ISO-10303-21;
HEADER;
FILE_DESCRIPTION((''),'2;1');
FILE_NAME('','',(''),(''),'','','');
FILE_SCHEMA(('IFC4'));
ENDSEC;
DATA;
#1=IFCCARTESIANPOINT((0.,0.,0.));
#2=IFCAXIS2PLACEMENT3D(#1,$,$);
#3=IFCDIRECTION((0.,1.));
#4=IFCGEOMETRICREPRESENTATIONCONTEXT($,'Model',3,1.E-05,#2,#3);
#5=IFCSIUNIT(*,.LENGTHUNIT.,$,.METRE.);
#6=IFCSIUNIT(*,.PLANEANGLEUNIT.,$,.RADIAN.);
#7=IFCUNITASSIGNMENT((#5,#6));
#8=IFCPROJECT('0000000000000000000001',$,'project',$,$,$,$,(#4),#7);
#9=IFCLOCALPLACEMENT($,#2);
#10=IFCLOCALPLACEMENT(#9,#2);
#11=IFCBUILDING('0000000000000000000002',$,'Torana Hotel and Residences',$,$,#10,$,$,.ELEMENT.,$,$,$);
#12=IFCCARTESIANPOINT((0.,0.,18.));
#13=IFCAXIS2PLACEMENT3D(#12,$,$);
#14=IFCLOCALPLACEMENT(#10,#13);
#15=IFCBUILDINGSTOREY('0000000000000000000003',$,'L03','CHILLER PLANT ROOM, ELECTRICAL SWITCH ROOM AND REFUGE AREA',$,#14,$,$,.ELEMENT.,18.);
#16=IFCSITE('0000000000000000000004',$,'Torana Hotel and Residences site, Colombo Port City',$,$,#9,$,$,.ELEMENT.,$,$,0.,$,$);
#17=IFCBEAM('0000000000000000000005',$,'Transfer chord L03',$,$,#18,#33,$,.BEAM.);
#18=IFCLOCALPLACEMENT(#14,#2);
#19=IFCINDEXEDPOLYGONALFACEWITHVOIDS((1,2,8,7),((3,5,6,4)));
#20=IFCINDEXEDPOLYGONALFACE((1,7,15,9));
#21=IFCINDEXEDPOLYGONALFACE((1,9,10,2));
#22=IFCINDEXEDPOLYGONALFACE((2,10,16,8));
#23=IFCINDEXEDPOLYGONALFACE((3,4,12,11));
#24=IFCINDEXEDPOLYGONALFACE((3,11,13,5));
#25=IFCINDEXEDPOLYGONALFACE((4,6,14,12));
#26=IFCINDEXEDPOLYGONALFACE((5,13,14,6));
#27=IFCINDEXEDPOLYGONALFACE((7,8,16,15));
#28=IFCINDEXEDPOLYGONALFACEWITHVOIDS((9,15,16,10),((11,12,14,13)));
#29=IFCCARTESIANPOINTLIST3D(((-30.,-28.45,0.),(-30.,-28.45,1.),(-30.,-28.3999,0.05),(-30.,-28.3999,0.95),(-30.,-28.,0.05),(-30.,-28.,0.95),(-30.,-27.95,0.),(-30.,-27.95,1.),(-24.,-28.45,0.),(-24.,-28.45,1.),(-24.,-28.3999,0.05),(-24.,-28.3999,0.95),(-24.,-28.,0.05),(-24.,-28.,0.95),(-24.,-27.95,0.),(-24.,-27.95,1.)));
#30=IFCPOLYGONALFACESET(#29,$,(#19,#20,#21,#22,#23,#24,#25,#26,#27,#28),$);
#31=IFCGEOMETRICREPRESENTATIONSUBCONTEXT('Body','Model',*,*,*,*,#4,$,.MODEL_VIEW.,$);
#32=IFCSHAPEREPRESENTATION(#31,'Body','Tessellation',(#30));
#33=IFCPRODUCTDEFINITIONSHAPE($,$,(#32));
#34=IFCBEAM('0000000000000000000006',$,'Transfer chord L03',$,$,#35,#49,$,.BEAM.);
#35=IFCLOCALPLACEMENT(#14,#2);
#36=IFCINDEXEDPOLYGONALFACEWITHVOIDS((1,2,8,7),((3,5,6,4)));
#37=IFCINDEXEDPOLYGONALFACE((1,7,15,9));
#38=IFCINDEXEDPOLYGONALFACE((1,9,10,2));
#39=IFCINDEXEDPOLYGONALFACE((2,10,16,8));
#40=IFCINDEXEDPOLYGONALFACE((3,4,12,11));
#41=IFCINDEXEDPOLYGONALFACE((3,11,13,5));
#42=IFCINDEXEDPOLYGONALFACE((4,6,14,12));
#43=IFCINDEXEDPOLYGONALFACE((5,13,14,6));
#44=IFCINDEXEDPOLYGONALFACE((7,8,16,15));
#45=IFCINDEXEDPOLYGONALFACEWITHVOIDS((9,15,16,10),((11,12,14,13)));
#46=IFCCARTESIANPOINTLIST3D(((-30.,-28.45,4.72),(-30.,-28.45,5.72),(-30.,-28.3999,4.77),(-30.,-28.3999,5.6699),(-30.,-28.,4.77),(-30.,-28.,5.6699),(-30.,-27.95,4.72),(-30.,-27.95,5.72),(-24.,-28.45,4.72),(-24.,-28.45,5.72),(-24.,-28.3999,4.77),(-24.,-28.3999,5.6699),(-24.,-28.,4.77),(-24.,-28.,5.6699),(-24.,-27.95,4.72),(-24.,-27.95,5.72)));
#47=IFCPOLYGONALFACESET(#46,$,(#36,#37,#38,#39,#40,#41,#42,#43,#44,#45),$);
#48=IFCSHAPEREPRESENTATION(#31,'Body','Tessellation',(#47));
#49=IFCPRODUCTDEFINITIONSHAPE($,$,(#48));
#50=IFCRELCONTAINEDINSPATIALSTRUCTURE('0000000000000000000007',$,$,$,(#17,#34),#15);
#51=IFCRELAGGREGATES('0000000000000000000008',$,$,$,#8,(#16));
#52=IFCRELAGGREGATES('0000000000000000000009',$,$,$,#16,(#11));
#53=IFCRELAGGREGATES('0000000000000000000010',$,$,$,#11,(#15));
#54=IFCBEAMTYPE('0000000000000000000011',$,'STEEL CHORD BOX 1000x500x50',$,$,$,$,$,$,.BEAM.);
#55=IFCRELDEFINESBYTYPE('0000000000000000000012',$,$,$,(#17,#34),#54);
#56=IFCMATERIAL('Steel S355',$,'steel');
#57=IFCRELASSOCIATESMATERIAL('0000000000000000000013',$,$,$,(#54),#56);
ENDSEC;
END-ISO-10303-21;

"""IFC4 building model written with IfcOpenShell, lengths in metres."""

from ifc_helpers import new_model, si_unit, direction, frame, origin, origin_2d, place, context, subcontext, project, spatial, hollow_rectangle, extrude, material, material_profile, profile_set, type_object, element, save


model = new_model("IFC4")

# Units and contexts
model_context = context("Model", 3, precision=1e-05, world=origin(), true_north=direction((0.0, 1.0)))
body_context = subcontext(model_context, "Body", "Model", "MODEL_VIEW")
ifc_project = project(units=[si_unit("LENGTHUNIT", "METRE"), si_unit("PLANEANGLEUNIT", "RADIAN")], contexts=[model_context])

# Site, building, storey
site_placement = place(None, origin())
site = spatial("IfcSite", under=ifc_project, at=site_placement, Name="Torana Hotel and Residences site, Colombo Port City", CompositionType="ELEMENT", RefElevation=0.0)
building_placement = place(site_placement, origin())
building = spatial("IfcBuilding", under=site, at=building_placement, Name="Torana Hotel and Residences", CompositionType="ELEMENT")
storey_placement = place(building_placement, frame((0.0, 0.0, 18.0)))
storey = spatial("IfcBuildingStorey", under=building, at=storey_placement, Name="L03", Description="CHILLER PLANT ROOM, ELECTRICAL SWITCH ROOM AND REFUGE AREA", CompositionType="ELEMENT", Elevation=18.0)

# Beams
ifc_material = material(Name="Steel S355", Category="steel")
ifc_material_profile = material_profile(ifc_material, hollow_rectangle(XDim=0.5, YDim=1.0, WallThickness=0.05, at=origin_2d()), Name="BOX 1000x500x50")
ifc_profile_set = profile_set([ifc_material_profile], Name="Steel S355")
beam_type = type_object("IfcBeamType", Name="STEEL CHORD BOX 1000x500x50", PredefinedType="BEAM", material=ifc_profile_set)
for number, where, z_axis, x_axis, name in (
    (1, (-30.0, -28.2, 0.5), (1.0, 0.0, 0.0), (0.0, 1.0, 0.0), "Transfer chord L03"),
    (2, (-30.0, -28.2, 5.22), (1.0, 0.0, 0.0), (0.0, 1.0, 0.0), "Transfer chord L03"),
):
    element("IfcBeam", number, at=place(storey_placement, frame(where, z_axis=z_axis, x_axis=x_axis)), inside=storey, type_object=beam_type, Name=name, PredefinedType="BEAM", context=body_context, shape_type="SweptSolid", body=[
        extrude(hollow_rectangle(XDim=0.5, YDim=1.0, WallThickness=0.05, at=origin_2d()), origin(), (0.0, 0.0, 1.0), 6.0),
    ])

save(model, "model.ifc")
